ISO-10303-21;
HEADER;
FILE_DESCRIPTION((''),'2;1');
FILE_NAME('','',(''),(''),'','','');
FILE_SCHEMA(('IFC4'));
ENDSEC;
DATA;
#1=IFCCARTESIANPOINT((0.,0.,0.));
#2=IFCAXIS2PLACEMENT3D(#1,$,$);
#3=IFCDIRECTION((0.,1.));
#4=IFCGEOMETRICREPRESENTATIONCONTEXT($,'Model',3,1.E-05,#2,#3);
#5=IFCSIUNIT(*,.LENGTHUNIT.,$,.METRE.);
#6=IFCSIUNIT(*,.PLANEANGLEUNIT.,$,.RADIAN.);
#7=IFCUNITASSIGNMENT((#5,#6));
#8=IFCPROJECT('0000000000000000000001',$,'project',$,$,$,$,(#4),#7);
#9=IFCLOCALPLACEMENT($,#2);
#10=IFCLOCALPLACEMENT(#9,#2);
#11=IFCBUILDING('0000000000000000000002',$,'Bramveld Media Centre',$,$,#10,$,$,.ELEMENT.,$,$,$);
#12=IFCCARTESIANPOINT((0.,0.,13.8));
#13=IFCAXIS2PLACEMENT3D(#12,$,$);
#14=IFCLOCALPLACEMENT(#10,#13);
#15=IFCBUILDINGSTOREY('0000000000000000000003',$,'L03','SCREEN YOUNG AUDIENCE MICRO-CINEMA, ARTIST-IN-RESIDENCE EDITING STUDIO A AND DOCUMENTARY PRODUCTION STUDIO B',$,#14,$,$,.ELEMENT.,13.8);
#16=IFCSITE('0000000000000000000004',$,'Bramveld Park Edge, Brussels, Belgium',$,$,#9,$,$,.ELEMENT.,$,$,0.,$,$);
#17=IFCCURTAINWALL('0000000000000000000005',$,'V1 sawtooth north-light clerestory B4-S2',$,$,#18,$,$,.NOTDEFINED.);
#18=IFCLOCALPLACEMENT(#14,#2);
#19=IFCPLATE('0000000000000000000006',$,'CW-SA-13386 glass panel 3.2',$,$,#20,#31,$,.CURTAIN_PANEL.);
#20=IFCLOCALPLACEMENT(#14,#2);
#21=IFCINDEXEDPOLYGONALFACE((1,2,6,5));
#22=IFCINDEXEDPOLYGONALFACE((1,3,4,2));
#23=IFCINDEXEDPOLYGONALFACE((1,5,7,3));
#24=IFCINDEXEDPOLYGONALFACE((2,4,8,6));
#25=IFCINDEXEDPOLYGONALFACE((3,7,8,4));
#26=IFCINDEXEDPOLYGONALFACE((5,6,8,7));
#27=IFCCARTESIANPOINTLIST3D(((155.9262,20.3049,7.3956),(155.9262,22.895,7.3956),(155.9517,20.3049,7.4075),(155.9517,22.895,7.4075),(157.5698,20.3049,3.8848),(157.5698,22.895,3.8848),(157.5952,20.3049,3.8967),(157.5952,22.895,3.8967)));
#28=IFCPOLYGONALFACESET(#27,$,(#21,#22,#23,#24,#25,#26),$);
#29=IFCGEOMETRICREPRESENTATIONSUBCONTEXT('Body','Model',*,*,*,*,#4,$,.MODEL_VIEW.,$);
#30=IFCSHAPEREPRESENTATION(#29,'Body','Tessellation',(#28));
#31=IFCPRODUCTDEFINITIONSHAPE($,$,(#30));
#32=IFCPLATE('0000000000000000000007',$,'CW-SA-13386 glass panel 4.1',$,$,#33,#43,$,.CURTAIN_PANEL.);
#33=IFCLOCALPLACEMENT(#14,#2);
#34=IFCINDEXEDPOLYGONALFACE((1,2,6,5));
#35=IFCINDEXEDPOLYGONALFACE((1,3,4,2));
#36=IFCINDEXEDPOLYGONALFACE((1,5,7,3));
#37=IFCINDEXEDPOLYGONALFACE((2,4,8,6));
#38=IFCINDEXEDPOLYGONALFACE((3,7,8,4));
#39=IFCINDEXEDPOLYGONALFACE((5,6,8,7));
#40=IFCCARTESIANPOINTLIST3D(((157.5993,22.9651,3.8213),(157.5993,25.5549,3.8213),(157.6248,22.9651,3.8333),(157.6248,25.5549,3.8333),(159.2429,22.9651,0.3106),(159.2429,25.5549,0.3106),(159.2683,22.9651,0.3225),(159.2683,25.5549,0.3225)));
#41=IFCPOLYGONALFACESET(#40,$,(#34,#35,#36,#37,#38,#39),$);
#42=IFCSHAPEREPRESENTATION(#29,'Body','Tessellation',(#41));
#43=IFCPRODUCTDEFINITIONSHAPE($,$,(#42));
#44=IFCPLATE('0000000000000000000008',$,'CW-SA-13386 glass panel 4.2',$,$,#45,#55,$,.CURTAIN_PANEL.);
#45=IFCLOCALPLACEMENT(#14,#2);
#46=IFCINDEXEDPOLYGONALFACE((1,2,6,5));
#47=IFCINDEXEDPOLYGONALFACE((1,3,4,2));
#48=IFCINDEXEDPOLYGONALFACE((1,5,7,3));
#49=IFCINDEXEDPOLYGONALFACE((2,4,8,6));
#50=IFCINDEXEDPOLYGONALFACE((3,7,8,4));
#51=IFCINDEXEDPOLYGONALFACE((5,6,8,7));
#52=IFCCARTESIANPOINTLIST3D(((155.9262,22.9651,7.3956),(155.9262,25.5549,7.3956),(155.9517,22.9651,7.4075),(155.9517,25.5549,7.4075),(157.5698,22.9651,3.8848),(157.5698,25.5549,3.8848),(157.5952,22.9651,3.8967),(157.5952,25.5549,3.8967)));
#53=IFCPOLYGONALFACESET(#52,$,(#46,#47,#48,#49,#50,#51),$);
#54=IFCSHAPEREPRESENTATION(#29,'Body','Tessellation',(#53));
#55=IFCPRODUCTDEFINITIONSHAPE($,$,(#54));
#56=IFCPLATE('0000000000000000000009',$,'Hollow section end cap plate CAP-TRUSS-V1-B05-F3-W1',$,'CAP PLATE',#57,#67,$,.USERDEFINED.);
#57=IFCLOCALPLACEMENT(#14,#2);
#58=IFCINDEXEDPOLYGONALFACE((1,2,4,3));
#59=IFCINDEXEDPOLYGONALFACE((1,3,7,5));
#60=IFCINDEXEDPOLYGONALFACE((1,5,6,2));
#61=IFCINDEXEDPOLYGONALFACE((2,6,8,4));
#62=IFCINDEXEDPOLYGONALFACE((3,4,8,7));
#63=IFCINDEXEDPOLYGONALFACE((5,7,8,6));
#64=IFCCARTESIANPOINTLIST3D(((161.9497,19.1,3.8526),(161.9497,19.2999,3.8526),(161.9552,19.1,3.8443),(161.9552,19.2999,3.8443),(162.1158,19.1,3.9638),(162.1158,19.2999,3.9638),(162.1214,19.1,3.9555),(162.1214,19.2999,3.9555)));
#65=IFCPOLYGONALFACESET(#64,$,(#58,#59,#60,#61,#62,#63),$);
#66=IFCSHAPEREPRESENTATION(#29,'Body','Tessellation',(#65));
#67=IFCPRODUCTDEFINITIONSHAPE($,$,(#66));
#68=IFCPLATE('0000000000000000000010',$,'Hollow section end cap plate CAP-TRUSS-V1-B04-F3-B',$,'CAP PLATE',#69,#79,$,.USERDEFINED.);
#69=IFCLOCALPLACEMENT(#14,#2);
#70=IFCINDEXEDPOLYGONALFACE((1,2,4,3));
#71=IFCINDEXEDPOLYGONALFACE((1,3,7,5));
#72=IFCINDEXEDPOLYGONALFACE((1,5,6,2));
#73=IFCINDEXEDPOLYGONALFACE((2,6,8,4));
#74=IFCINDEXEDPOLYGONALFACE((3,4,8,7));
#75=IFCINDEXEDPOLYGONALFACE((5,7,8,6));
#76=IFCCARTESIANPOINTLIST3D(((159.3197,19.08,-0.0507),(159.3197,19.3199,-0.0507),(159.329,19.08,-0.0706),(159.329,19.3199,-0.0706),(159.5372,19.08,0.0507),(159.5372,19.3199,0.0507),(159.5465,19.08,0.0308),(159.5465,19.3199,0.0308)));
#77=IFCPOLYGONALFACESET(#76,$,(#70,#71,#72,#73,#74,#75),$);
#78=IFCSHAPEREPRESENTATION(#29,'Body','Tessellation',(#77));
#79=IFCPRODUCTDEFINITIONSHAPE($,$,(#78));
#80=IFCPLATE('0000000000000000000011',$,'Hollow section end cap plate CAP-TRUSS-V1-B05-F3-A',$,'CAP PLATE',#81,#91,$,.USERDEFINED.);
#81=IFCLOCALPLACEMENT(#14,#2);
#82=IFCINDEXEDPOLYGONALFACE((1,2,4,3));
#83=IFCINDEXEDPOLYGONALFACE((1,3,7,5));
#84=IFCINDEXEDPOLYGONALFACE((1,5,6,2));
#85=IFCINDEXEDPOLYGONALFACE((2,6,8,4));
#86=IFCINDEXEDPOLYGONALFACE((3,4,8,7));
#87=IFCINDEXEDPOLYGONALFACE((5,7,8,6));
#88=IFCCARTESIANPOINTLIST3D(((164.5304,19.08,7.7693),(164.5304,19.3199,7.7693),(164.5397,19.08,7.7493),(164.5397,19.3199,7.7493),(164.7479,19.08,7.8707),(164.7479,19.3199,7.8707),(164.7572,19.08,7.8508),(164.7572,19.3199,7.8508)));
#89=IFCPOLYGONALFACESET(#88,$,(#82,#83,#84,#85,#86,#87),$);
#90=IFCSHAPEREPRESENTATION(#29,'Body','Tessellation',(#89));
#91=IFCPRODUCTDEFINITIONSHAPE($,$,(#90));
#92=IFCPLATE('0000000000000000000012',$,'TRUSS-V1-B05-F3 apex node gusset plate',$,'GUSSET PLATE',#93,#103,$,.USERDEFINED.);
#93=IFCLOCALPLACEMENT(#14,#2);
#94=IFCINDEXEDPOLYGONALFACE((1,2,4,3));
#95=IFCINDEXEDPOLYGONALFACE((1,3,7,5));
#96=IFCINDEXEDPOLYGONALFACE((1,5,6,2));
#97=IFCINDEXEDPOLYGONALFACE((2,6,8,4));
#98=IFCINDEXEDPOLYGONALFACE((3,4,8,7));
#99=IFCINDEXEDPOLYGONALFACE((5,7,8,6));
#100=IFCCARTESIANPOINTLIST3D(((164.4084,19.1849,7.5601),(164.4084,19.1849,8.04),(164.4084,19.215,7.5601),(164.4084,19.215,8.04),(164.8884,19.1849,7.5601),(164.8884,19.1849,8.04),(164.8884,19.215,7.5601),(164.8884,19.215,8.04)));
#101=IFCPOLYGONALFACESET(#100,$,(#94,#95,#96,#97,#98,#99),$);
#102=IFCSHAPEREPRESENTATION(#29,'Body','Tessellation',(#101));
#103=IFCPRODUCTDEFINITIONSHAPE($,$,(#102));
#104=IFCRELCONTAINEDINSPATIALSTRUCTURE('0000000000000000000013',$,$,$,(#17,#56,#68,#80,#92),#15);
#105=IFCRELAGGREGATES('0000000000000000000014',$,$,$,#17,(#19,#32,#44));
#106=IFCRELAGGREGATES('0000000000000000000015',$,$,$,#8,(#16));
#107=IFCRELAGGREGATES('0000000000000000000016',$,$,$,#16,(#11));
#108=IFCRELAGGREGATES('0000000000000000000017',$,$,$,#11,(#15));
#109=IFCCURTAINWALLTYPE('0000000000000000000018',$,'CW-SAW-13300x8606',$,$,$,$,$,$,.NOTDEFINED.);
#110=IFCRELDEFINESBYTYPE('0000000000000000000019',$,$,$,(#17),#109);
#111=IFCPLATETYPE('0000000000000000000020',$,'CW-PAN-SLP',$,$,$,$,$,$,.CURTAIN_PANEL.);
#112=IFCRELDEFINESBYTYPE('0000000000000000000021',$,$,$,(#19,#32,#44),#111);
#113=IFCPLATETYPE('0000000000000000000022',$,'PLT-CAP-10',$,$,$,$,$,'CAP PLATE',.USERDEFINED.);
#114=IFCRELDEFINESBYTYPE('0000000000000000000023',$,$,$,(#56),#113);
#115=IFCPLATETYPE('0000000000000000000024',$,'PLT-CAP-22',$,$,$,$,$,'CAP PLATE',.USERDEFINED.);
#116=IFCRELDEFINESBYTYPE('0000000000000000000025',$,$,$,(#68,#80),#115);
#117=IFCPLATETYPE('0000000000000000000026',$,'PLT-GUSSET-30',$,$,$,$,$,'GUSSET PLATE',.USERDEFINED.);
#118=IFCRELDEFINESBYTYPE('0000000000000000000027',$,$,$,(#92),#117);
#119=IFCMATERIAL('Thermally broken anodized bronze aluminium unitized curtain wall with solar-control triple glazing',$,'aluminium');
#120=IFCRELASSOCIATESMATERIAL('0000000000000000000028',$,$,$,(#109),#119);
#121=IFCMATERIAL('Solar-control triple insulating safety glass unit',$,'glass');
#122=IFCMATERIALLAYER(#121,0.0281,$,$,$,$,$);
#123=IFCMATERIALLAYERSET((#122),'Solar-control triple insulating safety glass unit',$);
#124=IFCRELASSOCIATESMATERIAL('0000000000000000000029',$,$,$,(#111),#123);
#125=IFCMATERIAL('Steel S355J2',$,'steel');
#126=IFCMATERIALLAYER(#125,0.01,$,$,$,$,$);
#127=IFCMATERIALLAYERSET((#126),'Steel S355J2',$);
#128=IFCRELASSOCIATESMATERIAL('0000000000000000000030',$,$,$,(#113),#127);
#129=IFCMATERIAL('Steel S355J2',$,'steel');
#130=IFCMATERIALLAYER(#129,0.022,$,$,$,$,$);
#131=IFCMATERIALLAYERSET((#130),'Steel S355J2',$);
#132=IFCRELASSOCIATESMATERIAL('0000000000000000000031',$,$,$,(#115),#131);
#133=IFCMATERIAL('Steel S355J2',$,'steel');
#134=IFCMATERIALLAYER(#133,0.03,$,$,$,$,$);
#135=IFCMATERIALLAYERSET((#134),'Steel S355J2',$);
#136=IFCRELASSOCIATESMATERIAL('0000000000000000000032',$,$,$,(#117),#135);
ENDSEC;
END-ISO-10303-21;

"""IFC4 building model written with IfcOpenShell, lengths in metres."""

from ifc_helpers import new_model, si_unit, direction, frame, origin, origin_2d, place, context, subcontext, project, spatial, polyline, rectangle, outline, extrude, material, layer, layer_set, type_object, element, aggregate, save


model = new_model("IFC4")

# Units and contexts
model_context = context("Model", 3, precision=1e-05, world=origin(), true_north=direction((0.0, 1.0)))
body_context = subcontext(model_context, "Body", "Model", "MODEL_VIEW")
ifc_project = project(units=[si_unit("LENGTHUNIT", "METRE"), si_unit("PLANEANGLEUNIT", "RADIAN")], contexts=[model_context])

# Site, building, storey
site_placement = place(None, origin())
site = spatial("IfcSite", under=ifc_project, at=site_placement, Name="Bramveld Park Edge, Brussels, Belgium", CompositionType="ELEMENT", RefElevation=0.0)
building_placement = place(site_placement, origin())
building = spatial("IfcBuilding", under=site, at=building_placement, Name="Bramveld Media Centre", CompositionType="ELEMENT")
storey_placement = place(building_placement, frame((0.0, 0.0, 13.8)))
storey = spatial("IfcBuildingStorey", under=building, at=storey_placement, Name="L03", Description="SCREEN YOUNG AUDIENCE MICRO-CINEMA, ARTIST-IN-RESIDENCE EDITING STUDIO A AND DOCUMENTARY PRODUCTION STUDIO B", CompositionType="ELEMENT", Elevation=13.8)

# Curtain wall
ifc_material_1 = material(Name="Thermally broken anodized bronze aluminium unitized curtain wall with solar-control triple glazing", Category="aluminium")
curtain_wall_type = type_object("IfcCurtainWallType", Name="CW-SAW-13300x8606", PredefinedType="NOTDEFINED", material=ifc_material_1)
curtain_wall_placement = place(storey_placement, origin())
curtain_wall = element("IfcCurtainWall", 1, at=curtain_wall_placement, inside=storey, type_object=curtain_wall_type, Name="V1 sawtooth north-light clerestory B4-S2", PredefinedType="NOTDEFINED")

# Plates
ifc_material_2 = material(Name="Solar-control triple insulating safety glass unit", Category="glass")
ifc_layer_1 = layer(ifc_material_2, 0.0281)
ifc_layer_set_1 = layer_set([ifc_layer_1], Name="Solar-control triple insulating safety glass unit")
plate_type_1 = type_object("IfcPlateType", Name="CW-PAN-SLP", PredefinedType="CURTAIN_PANEL", material=ifc_layer_set_1)
plate_1_placement = place(storey_placement, frame((157.5952, 20.3049, 3.8967), z_axis=(0.905668, 0.0, 0.423988), x_axis=(0.0, 1.0, 0.0)))
plate_1 = element("IfcPlate", 2, at=plate_1_placement, type_object=plate_type_1, Name="CW-SA-13386 glass panel 3.2", PredefinedType="CURTAIN_PANEL", context=body_context, shape_type="SweptSolid", body=[
    extrude(outline(polyline([(0.0, 0.0), (2.5901, 0.0), (2.5901, 3.8764), (0.0, 3.8764), (0.0, 0.0)])), origin(), (0.0, 0.0, -1.0), 0.0281),
])
plate_2_placement = place(storey_placement, frame((159.2683, 22.9651, 0.3225), z_axis=(0.905668, 0.0, 0.423988), x_axis=(0.0, 1.0, 0.0)))
plate_2 = element("IfcPlate", 3, at=plate_2_placement, type_object=plate_type_1, Name="CW-SA-13386 glass panel 4.1", PredefinedType="CURTAIN_PANEL", context=body_context, shape_type="SweptSolid", body=[
    extrude(outline(polyline([(0.0, 0.0), (2.5898, 0.0), (2.5898, 3.8764), (0.0, 3.8764), (0.0, 0.0)])), origin(), (0.0, 0.0, -1.0), 0.0281),
])
plate_3_placement = place(storey_placement, frame((157.5952, 22.9651, 3.8967), z_axis=(0.905668, 0.0, 0.423988), x_axis=(0.0, 1.0, 0.0)))
plate_3 = element("IfcPlate", 4, at=plate_3_placement, type_object=plate_type_1, Name="CW-SA-13386 glass panel 4.2", PredefinedType="CURTAIN_PANEL", context=body_context, shape_type="SweptSolid", body=[
    extrude(outline(polyline([(0.0, 0.0), (2.5898, 0.0), (2.5898, 3.8764), (0.0, 3.8764), (0.0, 0.0)])), origin(), (0.0, 0.0, -1.0), 0.0281),
])
aggregate(curtain_wall, [plate_1, plate_2, plate_3])

# Plates
ifc_material_3 = material(Name="Steel S355J2", Category="steel")
ifc_layer_2 = layer(ifc_material_3, 0.01)
ifc_layer_set_2 = layer_set([ifc_layer_2], Name="Steel S355J2")
plate_type_2 = type_object("IfcPlateType", Name="PLT-CAP-10", ElementType="CAP PLATE", PredefinedType="USERDEFINED", material=ifc_layer_set_2)
plate_4_placement = place(storey_placement, frame((162.0383, 19.2, 3.8999), z_axis=(-0.556175, 0.0, 0.831065), x_axis=(0.0, -1.0, 0.0)))
element("IfcPlate", 5, at=plate_4_placement, inside=storey, type_object=plate_type_2, Name="Hollow section end cap plate CAP-TRUSS-V1-B05-F3-W1", ObjectType="CAP PLATE", PredefinedType="USERDEFINED", context=body_context, shape_type="SweptSolid", body=[
    extrude(rectangle(XDim=0.2, YDim=0.2, at=origin_2d()), origin(), (0.0, 0.0, 1.0), 0.01),
])
ifc_material_4 = material(Name="Steel S355J2", Category="steel")
ifc_layer_3 = layer(ifc_material_4, 0.022)
ifc_layer_set_3 = layer_set([ifc_layer_3], Name="Steel S355J2")
plate_type_3 = type_object("IfcPlateType", Name="PLT-CAP-22", ElementType="CAP PLATE", PredefinedType="USERDEFINED", material=ifc_layer_set_3)
for number, where, z_axis, x_axis, name in (
    (6, (159.4285, 19.2, 0.0), (0.422628, 0.0, -0.906303), (0.0, 1.0, 0.0), "Hollow section end cap plate CAP-TRUSS-V1-B04-F3-B"),
    (7, (164.6484, 19.2, 7.8), (-0.422618, 0.0, 0.906308), (0.0, -1.0, 0.0), "Hollow section end cap plate CAP-TRUSS-V1-B05-F3-A"),
):
    element("IfcPlate", number, at=place(storey_placement, frame(where, z_axis=z_axis, x_axis=x_axis)), inside=storey, type_object=plate_type_3, Name=name, ObjectType="CAP PLATE", PredefinedType="USERDEFINED", context=body_context, shape_type="SweptSolid", body=[
        extrude(rectangle(XDim=0.24, YDim=0.24, at=origin_2d()), origin(), (0.0, 0.0, 1.0), 0.022),
    ])
ifc_material_5 = material(Name="Steel S355J2", Category="steel")
ifc_layer_4 = layer(ifc_material_5, 0.03)
ifc_layer_set_4 = layer_set([ifc_layer_4], Name="Steel S355J2")
plate_type_4 = type_object("IfcPlateType", Name="PLT-GUSSET-30", ElementType="GUSSET PLATE", PredefinedType="USERDEFINED", material=ifc_layer_set_4)
plate_5_placement = place(storey_placement, frame((164.6484, 19.2, 7.5601), z_axis=(0.0, 0.0, 1.0), x_axis=(1.0, 0.0, 0.0)))
element("IfcPlate", 8, at=plate_5_placement, inside=storey, type_object=plate_type_4, Name="TRUSS-V1-B05-F3 apex node gusset plate", ObjectType="GUSSET PLATE", PredefinedType="USERDEFINED", context=body_context, shape_type="SweptSolid", body=[
    extrude(rectangle(XDim=0.48, YDim=0.03, at=origin_2d()), origin(), (0.0, 0.0, 1.0), 0.48),
])

save(model, "model.ifc")
